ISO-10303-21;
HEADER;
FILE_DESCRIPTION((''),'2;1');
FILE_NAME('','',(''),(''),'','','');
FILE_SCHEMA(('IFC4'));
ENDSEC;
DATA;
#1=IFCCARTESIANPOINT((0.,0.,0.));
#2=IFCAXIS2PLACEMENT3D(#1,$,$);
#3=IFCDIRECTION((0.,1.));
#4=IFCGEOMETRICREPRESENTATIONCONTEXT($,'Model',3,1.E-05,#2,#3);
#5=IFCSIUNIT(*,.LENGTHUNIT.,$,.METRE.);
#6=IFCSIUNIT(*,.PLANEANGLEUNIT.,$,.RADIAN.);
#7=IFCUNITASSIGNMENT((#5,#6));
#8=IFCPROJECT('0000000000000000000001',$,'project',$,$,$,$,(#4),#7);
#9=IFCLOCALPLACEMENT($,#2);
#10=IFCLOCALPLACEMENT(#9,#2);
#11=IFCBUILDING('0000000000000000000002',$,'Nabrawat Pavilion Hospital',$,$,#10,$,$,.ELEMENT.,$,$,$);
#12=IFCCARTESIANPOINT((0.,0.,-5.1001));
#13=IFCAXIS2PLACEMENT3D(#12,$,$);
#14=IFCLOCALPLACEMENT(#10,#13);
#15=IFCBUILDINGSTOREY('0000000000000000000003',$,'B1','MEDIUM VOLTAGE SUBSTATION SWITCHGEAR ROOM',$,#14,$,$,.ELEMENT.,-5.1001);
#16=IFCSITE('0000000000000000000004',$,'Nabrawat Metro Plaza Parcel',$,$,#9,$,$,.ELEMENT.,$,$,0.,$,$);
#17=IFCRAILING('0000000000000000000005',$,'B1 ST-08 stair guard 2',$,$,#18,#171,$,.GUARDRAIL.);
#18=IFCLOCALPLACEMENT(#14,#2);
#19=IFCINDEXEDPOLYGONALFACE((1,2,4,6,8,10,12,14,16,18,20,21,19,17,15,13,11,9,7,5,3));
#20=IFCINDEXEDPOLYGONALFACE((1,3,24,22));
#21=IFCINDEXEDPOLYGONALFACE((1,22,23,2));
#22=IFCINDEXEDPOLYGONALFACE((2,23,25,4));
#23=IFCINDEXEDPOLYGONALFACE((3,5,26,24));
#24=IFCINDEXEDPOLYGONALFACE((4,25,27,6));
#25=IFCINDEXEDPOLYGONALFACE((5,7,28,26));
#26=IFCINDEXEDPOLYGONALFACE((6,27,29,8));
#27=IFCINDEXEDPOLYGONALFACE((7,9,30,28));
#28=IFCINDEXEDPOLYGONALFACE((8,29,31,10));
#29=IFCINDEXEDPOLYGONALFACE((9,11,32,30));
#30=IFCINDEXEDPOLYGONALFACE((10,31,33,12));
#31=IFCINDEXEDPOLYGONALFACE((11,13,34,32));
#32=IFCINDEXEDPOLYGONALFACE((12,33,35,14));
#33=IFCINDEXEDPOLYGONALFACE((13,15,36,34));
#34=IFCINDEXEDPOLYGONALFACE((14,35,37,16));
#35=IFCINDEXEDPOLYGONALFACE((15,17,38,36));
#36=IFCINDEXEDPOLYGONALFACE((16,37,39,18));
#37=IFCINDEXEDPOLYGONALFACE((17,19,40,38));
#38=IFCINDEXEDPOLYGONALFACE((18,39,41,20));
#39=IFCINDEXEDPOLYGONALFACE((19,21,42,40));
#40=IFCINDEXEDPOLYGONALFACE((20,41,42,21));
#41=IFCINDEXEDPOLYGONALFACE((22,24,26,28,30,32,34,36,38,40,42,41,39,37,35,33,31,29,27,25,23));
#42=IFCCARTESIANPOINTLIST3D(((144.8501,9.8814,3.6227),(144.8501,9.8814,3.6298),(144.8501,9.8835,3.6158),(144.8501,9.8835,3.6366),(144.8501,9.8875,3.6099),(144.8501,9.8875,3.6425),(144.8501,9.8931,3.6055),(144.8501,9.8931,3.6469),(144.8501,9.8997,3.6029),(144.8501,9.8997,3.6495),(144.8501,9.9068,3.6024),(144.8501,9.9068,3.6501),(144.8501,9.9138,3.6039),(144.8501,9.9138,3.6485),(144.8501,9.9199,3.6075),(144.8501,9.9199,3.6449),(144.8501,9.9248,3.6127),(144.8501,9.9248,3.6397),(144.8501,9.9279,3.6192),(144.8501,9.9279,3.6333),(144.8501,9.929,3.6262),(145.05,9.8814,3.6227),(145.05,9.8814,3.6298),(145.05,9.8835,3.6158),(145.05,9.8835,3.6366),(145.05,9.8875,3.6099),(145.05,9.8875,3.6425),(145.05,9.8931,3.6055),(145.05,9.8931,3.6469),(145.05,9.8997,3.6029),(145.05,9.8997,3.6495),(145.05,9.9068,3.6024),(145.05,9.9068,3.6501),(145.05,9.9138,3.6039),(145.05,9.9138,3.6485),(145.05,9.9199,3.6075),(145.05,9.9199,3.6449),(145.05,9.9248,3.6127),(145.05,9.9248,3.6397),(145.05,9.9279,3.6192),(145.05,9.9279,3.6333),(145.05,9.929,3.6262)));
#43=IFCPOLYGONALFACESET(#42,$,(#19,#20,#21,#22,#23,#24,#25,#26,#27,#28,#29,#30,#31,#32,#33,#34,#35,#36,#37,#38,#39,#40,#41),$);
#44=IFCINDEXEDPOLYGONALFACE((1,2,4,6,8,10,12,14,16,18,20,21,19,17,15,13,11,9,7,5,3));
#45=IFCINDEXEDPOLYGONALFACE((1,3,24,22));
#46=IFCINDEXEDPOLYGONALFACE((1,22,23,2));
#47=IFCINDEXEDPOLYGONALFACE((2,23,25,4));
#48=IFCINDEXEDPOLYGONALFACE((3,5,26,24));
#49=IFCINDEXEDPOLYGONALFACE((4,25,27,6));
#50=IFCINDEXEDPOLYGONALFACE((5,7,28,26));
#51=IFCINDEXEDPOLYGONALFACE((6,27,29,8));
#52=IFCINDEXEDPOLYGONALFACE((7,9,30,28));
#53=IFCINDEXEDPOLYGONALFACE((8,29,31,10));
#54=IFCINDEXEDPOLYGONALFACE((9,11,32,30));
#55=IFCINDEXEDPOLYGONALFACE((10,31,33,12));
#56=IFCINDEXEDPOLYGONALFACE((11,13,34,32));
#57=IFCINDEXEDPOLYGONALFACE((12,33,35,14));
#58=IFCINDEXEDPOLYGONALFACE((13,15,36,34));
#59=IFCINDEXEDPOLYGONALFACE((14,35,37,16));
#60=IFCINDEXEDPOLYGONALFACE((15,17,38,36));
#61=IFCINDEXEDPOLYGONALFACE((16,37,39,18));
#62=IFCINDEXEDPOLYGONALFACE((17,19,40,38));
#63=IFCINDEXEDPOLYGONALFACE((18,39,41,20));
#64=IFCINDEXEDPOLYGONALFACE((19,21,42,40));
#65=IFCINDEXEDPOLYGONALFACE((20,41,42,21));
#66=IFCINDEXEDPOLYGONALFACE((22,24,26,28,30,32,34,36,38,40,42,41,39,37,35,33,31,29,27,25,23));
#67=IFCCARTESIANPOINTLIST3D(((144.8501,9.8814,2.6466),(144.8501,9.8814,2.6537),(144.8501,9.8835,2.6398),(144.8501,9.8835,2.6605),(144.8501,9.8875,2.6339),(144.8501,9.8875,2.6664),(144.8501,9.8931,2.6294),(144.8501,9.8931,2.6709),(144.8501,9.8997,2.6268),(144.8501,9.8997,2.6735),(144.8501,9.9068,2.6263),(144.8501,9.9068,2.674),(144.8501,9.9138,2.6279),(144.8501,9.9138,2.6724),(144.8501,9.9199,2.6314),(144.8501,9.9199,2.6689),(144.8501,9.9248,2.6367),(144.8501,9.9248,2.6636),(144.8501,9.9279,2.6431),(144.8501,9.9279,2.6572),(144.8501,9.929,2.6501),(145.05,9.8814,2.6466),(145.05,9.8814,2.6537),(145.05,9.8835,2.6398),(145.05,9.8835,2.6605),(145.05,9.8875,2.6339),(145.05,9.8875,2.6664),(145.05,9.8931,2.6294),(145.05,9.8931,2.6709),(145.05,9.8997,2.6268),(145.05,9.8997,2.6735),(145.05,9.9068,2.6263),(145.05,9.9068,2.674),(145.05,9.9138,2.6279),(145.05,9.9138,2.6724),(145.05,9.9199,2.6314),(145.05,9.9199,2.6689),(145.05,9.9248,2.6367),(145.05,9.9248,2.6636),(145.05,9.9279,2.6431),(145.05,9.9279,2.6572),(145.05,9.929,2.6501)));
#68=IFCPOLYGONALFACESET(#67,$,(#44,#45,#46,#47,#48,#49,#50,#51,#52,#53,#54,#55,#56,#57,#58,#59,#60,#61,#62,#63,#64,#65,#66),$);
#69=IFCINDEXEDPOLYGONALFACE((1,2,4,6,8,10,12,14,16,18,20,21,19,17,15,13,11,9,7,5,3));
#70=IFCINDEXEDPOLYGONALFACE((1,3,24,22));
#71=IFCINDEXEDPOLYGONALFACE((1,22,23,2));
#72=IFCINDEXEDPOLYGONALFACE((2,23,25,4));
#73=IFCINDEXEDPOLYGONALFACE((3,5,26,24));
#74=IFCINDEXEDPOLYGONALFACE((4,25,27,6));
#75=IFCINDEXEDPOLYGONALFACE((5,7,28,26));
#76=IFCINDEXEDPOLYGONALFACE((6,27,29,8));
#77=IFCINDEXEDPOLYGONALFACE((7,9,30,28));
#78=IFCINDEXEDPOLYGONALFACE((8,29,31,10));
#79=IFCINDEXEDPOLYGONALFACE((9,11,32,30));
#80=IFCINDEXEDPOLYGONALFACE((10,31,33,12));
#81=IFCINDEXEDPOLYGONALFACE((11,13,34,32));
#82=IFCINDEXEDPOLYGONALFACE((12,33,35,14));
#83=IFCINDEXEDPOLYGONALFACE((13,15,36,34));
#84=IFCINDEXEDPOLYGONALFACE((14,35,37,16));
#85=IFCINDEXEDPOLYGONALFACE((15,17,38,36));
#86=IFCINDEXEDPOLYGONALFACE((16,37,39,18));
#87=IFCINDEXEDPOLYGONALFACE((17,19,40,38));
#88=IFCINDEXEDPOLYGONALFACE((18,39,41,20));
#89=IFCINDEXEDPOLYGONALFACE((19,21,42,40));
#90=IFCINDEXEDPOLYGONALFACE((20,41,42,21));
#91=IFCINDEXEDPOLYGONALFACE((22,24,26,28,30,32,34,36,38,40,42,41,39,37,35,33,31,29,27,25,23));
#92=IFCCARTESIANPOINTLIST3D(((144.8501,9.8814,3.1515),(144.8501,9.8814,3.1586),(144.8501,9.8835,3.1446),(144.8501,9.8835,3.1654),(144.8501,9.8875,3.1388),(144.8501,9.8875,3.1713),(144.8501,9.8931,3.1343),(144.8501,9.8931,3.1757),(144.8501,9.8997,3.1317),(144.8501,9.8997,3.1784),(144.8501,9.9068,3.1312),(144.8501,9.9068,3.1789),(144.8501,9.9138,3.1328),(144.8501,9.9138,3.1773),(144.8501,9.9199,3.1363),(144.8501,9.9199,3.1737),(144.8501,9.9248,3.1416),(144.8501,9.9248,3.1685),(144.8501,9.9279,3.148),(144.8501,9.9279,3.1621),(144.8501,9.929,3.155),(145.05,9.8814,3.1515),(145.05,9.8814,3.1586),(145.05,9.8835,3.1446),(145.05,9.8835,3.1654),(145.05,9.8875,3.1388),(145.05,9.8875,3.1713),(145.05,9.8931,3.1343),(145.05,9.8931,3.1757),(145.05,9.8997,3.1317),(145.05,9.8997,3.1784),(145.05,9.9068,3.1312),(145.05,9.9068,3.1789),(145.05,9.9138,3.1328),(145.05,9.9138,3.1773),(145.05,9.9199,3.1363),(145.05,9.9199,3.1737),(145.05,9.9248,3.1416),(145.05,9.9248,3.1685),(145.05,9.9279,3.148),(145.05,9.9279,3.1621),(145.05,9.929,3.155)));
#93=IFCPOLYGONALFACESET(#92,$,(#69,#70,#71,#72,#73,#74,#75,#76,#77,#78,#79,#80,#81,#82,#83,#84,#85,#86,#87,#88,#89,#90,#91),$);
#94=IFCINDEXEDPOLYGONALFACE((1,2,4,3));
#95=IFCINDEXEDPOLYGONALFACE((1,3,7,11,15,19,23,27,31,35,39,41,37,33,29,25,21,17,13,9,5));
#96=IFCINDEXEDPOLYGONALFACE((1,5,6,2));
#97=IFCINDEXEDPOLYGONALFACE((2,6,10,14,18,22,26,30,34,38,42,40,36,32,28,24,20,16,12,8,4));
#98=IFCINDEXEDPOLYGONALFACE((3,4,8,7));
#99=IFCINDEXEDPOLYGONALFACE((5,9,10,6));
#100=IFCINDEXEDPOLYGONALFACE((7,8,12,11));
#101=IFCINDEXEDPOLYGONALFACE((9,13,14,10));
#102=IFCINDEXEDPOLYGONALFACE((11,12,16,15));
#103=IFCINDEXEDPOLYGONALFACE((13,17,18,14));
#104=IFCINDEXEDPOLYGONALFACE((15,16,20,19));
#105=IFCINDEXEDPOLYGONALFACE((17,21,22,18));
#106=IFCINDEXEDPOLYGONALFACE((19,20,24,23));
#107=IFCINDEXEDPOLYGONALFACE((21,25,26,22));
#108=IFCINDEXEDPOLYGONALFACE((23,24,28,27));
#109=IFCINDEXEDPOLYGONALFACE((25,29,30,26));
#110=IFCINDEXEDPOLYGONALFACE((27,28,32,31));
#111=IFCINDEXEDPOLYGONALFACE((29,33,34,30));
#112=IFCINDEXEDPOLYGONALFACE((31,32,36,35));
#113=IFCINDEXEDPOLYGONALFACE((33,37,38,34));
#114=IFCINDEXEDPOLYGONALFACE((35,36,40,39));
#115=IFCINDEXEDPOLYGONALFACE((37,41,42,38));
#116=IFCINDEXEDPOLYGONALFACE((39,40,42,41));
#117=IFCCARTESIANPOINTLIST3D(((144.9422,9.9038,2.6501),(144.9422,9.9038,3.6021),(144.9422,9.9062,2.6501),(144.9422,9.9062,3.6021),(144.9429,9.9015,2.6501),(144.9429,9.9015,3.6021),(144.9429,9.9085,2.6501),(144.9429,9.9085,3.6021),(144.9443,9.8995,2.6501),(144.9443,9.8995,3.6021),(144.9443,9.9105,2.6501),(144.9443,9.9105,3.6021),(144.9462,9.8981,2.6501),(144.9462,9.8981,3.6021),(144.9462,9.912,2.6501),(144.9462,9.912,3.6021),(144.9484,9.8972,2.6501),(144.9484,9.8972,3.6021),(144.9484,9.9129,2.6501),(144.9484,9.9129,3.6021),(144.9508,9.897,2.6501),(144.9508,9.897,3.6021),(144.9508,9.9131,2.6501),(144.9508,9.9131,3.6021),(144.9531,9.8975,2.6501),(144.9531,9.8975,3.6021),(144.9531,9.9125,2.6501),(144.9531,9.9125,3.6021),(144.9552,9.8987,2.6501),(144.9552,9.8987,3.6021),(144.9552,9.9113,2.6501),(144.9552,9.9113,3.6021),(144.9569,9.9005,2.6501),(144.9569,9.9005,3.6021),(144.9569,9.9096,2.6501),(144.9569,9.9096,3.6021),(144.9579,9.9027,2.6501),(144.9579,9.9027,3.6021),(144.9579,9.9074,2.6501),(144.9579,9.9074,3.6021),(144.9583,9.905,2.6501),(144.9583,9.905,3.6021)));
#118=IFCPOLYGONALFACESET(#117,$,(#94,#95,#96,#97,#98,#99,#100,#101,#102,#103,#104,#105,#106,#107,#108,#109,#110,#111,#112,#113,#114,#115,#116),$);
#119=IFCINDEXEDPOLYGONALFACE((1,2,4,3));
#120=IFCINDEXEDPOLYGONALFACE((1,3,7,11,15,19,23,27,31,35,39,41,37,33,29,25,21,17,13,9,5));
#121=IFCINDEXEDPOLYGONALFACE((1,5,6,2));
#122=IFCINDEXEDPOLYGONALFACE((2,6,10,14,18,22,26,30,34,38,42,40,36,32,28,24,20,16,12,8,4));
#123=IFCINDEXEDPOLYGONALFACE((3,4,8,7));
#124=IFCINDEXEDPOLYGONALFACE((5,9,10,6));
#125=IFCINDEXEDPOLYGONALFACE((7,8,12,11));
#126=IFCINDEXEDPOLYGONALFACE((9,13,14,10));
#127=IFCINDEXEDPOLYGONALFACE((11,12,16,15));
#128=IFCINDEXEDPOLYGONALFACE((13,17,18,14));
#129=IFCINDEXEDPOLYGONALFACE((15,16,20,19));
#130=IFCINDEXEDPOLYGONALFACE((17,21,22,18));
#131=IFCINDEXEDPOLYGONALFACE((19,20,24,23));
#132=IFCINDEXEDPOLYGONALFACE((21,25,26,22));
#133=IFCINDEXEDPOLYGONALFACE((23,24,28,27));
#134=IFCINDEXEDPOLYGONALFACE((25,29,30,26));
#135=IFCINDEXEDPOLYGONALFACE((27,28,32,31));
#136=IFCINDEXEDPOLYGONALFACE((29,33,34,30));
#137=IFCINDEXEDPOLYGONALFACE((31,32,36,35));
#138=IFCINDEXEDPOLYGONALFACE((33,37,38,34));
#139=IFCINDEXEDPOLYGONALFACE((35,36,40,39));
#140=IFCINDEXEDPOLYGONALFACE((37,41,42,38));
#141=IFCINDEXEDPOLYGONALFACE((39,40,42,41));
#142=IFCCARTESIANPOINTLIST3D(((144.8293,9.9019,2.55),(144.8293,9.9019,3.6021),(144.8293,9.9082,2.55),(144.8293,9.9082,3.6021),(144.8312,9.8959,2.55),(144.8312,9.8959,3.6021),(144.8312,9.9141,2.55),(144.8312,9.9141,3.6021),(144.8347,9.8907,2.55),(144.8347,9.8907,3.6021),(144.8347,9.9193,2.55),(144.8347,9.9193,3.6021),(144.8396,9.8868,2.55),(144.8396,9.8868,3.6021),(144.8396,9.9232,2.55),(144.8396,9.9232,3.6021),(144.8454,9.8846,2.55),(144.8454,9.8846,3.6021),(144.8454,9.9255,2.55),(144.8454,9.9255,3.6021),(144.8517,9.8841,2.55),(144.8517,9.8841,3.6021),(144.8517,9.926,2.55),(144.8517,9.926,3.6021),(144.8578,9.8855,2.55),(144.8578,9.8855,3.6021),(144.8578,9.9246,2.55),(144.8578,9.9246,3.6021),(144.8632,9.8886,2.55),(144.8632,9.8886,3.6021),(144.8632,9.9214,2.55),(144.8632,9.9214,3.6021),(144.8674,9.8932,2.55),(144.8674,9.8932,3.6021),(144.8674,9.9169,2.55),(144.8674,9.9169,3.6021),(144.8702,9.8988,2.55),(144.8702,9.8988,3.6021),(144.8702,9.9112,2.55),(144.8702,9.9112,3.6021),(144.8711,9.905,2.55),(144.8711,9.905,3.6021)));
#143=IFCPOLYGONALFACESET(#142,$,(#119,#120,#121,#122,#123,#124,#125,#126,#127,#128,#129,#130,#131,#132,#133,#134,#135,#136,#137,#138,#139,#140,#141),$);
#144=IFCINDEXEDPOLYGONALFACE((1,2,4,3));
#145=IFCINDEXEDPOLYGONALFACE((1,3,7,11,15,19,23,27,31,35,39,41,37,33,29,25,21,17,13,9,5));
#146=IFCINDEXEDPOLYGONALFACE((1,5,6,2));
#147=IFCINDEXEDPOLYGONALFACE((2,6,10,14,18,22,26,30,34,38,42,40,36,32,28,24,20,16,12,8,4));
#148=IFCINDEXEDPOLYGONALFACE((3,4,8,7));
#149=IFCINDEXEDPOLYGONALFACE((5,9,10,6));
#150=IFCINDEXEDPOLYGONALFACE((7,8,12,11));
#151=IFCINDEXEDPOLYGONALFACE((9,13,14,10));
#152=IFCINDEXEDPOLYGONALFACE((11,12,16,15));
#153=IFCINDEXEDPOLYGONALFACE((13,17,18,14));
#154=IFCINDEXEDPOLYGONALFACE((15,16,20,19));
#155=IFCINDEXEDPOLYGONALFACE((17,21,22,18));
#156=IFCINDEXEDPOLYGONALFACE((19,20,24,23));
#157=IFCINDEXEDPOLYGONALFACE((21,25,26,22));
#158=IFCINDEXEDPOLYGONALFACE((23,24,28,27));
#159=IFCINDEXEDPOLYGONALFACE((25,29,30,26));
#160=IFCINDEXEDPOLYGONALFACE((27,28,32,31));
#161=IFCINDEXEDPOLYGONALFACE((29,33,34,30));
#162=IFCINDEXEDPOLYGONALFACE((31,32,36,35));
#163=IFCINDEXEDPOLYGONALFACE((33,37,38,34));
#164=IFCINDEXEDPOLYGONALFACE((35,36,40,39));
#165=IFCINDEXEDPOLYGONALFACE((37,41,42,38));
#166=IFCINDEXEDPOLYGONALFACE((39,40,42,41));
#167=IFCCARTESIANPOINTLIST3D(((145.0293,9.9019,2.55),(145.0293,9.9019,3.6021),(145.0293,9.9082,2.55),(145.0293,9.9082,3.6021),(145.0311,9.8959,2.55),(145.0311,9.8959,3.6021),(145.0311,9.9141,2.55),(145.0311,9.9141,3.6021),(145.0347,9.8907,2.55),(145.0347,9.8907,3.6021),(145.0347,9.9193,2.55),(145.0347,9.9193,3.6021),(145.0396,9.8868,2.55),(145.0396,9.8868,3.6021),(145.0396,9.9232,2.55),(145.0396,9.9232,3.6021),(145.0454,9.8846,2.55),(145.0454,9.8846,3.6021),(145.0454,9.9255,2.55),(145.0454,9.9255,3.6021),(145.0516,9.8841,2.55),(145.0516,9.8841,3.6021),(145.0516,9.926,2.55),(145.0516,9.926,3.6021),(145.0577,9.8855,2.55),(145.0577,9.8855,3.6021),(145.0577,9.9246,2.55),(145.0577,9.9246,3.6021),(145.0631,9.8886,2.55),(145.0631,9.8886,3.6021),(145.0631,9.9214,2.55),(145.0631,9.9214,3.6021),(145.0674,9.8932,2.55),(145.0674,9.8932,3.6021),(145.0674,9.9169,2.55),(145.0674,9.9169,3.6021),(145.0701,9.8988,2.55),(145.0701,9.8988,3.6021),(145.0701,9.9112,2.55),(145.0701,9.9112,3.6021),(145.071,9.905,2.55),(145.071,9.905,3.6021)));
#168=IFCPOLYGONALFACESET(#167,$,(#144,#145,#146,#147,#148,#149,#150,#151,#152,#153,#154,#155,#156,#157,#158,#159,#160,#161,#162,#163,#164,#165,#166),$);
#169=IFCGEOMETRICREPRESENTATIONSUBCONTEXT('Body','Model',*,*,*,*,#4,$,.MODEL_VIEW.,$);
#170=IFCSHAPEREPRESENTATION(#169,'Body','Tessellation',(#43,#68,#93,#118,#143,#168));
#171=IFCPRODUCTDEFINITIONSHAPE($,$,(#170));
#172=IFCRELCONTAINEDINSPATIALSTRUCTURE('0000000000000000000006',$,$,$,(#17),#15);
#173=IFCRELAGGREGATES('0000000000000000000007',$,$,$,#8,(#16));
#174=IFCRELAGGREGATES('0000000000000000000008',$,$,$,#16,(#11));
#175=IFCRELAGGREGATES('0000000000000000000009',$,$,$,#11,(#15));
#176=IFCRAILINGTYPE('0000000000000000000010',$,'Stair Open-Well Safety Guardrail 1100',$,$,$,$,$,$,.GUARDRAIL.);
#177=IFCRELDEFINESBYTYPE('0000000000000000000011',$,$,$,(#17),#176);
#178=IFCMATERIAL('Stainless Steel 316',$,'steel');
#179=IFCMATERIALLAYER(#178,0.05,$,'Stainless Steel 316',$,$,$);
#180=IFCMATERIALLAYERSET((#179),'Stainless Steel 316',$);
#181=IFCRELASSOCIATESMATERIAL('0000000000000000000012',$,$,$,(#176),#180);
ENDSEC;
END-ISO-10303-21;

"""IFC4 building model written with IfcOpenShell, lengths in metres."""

from ifc_helpers import new_model, si_unit, direction, frame, origin, origin_2d, place, context, subcontext, project, spatial, circle, extrude, material, layer, layer_set, type_object, element, save


model = new_model("IFC4")

# Units and contexts
model_context = context("Model", 3, precision=1e-05, world=origin(), true_north=direction((0.0, 1.0)))
body_context = subcontext(model_context, "Body", "Model", "MODEL_VIEW")
ifc_project = project(units=[si_unit("LENGTHUNIT", "METRE"), si_unit("PLANEANGLEUNIT", "RADIAN")], contexts=[model_context])

# Site, building, storey
site_placement = place(None, origin())
site = spatial("IfcSite", under=ifc_project, at=site_placement, Name="Nabrawat Metro Plaza Parcel", CompositionType="ELEMENT", RefElevation=0.0)
building_placement = place(site_placement, origin())
building = spatial("IfcBuilding", under=site, at=building_placement, Name="Nabrawat Pavilion Hospital", CompositionType="ELEMENT")
storey_placement = place(building_placement, frame((0.0, 0.0, -5.1001)))
storey = spatial("IfcBuildingStorey", under=building, at=storey_placement, Name="B1", Description="MEDIUM VOLTAGE SUBSTATION SWITCHGEAR ROOM", CompositionType="ELEMENT", Elevation=-5.1001)

# Railing
ifc_material_1 = material(Name="Stainless Steel 316", Category="steel")
ifc_layer_1 = layer(ifc_material_1, 0.05, Name="Stainless Steel 316")
ifc_layer_set_1 = layer_set([ifc_layer_1], Name="Stainless Steel 316")
railing_type_1 = type_object("IfcRailingType", Name="Stair Open-Well Safety Guardrail 1100", PredefinedType="GUARDRAIL", material=ifc_layer_set_1)
railing_1_placement = place(storey_placement, frame((144.8501, 9.905, 2.55)))
element("IfcRailing", 1, at=railing_1_placement, inside=storey, type_object=railing_type_1, Name="B1 ST-08 stair guard 2", PredefinedType="GUARDRAIL", context=body_context, shape_type="SweptSolid", body=[
    extrude(circle(Radius=0.0239, at=origin_2d()), frame((0.0, 0.0, 1.0762), z_axis=(1.0, 0.0, 0.0), x_axis=(0.0, 1.0, 0.0)), (0.0, 0.0, 1.0), 0.2),
    extrude(circle(Radius=0.0239, at=origin_2d()), frame((0.0, 0.0, 0.1001), z_axis=(1.0, 0.0, 0.0), x_axis=(0.0, 1.0, 0.0)), (0.0, 0.0, 1.0), 0.2),
    extrude(circle(Radius=0.0239, at=origin_2d()), frame((0.0, 0.0, 0.605), z_axis=(1.0, 0.0, 0.0), x_axis=(0.0, 1.0, 0.0)), (0.0, 0.0, 1.0), 0.2),
    extrude(circle(Radius=0.0081, at=origin_2d()), frame((0.1001, 0.0, 0.1001)), (0.0, 0.0, 1.0), 0.9519),
    extrude(circle(Radius=0.021, at=origin_2d()), origin(), (0.0, 0.0, 1.0), 1.052),
    extrude(circle(Radius=0.021, at=origin_2d()), frame((0.2, 0.0, 0.0)), (0.0, 0.0, 1.0), 1.052),
])

save(model, "model.ifc")
